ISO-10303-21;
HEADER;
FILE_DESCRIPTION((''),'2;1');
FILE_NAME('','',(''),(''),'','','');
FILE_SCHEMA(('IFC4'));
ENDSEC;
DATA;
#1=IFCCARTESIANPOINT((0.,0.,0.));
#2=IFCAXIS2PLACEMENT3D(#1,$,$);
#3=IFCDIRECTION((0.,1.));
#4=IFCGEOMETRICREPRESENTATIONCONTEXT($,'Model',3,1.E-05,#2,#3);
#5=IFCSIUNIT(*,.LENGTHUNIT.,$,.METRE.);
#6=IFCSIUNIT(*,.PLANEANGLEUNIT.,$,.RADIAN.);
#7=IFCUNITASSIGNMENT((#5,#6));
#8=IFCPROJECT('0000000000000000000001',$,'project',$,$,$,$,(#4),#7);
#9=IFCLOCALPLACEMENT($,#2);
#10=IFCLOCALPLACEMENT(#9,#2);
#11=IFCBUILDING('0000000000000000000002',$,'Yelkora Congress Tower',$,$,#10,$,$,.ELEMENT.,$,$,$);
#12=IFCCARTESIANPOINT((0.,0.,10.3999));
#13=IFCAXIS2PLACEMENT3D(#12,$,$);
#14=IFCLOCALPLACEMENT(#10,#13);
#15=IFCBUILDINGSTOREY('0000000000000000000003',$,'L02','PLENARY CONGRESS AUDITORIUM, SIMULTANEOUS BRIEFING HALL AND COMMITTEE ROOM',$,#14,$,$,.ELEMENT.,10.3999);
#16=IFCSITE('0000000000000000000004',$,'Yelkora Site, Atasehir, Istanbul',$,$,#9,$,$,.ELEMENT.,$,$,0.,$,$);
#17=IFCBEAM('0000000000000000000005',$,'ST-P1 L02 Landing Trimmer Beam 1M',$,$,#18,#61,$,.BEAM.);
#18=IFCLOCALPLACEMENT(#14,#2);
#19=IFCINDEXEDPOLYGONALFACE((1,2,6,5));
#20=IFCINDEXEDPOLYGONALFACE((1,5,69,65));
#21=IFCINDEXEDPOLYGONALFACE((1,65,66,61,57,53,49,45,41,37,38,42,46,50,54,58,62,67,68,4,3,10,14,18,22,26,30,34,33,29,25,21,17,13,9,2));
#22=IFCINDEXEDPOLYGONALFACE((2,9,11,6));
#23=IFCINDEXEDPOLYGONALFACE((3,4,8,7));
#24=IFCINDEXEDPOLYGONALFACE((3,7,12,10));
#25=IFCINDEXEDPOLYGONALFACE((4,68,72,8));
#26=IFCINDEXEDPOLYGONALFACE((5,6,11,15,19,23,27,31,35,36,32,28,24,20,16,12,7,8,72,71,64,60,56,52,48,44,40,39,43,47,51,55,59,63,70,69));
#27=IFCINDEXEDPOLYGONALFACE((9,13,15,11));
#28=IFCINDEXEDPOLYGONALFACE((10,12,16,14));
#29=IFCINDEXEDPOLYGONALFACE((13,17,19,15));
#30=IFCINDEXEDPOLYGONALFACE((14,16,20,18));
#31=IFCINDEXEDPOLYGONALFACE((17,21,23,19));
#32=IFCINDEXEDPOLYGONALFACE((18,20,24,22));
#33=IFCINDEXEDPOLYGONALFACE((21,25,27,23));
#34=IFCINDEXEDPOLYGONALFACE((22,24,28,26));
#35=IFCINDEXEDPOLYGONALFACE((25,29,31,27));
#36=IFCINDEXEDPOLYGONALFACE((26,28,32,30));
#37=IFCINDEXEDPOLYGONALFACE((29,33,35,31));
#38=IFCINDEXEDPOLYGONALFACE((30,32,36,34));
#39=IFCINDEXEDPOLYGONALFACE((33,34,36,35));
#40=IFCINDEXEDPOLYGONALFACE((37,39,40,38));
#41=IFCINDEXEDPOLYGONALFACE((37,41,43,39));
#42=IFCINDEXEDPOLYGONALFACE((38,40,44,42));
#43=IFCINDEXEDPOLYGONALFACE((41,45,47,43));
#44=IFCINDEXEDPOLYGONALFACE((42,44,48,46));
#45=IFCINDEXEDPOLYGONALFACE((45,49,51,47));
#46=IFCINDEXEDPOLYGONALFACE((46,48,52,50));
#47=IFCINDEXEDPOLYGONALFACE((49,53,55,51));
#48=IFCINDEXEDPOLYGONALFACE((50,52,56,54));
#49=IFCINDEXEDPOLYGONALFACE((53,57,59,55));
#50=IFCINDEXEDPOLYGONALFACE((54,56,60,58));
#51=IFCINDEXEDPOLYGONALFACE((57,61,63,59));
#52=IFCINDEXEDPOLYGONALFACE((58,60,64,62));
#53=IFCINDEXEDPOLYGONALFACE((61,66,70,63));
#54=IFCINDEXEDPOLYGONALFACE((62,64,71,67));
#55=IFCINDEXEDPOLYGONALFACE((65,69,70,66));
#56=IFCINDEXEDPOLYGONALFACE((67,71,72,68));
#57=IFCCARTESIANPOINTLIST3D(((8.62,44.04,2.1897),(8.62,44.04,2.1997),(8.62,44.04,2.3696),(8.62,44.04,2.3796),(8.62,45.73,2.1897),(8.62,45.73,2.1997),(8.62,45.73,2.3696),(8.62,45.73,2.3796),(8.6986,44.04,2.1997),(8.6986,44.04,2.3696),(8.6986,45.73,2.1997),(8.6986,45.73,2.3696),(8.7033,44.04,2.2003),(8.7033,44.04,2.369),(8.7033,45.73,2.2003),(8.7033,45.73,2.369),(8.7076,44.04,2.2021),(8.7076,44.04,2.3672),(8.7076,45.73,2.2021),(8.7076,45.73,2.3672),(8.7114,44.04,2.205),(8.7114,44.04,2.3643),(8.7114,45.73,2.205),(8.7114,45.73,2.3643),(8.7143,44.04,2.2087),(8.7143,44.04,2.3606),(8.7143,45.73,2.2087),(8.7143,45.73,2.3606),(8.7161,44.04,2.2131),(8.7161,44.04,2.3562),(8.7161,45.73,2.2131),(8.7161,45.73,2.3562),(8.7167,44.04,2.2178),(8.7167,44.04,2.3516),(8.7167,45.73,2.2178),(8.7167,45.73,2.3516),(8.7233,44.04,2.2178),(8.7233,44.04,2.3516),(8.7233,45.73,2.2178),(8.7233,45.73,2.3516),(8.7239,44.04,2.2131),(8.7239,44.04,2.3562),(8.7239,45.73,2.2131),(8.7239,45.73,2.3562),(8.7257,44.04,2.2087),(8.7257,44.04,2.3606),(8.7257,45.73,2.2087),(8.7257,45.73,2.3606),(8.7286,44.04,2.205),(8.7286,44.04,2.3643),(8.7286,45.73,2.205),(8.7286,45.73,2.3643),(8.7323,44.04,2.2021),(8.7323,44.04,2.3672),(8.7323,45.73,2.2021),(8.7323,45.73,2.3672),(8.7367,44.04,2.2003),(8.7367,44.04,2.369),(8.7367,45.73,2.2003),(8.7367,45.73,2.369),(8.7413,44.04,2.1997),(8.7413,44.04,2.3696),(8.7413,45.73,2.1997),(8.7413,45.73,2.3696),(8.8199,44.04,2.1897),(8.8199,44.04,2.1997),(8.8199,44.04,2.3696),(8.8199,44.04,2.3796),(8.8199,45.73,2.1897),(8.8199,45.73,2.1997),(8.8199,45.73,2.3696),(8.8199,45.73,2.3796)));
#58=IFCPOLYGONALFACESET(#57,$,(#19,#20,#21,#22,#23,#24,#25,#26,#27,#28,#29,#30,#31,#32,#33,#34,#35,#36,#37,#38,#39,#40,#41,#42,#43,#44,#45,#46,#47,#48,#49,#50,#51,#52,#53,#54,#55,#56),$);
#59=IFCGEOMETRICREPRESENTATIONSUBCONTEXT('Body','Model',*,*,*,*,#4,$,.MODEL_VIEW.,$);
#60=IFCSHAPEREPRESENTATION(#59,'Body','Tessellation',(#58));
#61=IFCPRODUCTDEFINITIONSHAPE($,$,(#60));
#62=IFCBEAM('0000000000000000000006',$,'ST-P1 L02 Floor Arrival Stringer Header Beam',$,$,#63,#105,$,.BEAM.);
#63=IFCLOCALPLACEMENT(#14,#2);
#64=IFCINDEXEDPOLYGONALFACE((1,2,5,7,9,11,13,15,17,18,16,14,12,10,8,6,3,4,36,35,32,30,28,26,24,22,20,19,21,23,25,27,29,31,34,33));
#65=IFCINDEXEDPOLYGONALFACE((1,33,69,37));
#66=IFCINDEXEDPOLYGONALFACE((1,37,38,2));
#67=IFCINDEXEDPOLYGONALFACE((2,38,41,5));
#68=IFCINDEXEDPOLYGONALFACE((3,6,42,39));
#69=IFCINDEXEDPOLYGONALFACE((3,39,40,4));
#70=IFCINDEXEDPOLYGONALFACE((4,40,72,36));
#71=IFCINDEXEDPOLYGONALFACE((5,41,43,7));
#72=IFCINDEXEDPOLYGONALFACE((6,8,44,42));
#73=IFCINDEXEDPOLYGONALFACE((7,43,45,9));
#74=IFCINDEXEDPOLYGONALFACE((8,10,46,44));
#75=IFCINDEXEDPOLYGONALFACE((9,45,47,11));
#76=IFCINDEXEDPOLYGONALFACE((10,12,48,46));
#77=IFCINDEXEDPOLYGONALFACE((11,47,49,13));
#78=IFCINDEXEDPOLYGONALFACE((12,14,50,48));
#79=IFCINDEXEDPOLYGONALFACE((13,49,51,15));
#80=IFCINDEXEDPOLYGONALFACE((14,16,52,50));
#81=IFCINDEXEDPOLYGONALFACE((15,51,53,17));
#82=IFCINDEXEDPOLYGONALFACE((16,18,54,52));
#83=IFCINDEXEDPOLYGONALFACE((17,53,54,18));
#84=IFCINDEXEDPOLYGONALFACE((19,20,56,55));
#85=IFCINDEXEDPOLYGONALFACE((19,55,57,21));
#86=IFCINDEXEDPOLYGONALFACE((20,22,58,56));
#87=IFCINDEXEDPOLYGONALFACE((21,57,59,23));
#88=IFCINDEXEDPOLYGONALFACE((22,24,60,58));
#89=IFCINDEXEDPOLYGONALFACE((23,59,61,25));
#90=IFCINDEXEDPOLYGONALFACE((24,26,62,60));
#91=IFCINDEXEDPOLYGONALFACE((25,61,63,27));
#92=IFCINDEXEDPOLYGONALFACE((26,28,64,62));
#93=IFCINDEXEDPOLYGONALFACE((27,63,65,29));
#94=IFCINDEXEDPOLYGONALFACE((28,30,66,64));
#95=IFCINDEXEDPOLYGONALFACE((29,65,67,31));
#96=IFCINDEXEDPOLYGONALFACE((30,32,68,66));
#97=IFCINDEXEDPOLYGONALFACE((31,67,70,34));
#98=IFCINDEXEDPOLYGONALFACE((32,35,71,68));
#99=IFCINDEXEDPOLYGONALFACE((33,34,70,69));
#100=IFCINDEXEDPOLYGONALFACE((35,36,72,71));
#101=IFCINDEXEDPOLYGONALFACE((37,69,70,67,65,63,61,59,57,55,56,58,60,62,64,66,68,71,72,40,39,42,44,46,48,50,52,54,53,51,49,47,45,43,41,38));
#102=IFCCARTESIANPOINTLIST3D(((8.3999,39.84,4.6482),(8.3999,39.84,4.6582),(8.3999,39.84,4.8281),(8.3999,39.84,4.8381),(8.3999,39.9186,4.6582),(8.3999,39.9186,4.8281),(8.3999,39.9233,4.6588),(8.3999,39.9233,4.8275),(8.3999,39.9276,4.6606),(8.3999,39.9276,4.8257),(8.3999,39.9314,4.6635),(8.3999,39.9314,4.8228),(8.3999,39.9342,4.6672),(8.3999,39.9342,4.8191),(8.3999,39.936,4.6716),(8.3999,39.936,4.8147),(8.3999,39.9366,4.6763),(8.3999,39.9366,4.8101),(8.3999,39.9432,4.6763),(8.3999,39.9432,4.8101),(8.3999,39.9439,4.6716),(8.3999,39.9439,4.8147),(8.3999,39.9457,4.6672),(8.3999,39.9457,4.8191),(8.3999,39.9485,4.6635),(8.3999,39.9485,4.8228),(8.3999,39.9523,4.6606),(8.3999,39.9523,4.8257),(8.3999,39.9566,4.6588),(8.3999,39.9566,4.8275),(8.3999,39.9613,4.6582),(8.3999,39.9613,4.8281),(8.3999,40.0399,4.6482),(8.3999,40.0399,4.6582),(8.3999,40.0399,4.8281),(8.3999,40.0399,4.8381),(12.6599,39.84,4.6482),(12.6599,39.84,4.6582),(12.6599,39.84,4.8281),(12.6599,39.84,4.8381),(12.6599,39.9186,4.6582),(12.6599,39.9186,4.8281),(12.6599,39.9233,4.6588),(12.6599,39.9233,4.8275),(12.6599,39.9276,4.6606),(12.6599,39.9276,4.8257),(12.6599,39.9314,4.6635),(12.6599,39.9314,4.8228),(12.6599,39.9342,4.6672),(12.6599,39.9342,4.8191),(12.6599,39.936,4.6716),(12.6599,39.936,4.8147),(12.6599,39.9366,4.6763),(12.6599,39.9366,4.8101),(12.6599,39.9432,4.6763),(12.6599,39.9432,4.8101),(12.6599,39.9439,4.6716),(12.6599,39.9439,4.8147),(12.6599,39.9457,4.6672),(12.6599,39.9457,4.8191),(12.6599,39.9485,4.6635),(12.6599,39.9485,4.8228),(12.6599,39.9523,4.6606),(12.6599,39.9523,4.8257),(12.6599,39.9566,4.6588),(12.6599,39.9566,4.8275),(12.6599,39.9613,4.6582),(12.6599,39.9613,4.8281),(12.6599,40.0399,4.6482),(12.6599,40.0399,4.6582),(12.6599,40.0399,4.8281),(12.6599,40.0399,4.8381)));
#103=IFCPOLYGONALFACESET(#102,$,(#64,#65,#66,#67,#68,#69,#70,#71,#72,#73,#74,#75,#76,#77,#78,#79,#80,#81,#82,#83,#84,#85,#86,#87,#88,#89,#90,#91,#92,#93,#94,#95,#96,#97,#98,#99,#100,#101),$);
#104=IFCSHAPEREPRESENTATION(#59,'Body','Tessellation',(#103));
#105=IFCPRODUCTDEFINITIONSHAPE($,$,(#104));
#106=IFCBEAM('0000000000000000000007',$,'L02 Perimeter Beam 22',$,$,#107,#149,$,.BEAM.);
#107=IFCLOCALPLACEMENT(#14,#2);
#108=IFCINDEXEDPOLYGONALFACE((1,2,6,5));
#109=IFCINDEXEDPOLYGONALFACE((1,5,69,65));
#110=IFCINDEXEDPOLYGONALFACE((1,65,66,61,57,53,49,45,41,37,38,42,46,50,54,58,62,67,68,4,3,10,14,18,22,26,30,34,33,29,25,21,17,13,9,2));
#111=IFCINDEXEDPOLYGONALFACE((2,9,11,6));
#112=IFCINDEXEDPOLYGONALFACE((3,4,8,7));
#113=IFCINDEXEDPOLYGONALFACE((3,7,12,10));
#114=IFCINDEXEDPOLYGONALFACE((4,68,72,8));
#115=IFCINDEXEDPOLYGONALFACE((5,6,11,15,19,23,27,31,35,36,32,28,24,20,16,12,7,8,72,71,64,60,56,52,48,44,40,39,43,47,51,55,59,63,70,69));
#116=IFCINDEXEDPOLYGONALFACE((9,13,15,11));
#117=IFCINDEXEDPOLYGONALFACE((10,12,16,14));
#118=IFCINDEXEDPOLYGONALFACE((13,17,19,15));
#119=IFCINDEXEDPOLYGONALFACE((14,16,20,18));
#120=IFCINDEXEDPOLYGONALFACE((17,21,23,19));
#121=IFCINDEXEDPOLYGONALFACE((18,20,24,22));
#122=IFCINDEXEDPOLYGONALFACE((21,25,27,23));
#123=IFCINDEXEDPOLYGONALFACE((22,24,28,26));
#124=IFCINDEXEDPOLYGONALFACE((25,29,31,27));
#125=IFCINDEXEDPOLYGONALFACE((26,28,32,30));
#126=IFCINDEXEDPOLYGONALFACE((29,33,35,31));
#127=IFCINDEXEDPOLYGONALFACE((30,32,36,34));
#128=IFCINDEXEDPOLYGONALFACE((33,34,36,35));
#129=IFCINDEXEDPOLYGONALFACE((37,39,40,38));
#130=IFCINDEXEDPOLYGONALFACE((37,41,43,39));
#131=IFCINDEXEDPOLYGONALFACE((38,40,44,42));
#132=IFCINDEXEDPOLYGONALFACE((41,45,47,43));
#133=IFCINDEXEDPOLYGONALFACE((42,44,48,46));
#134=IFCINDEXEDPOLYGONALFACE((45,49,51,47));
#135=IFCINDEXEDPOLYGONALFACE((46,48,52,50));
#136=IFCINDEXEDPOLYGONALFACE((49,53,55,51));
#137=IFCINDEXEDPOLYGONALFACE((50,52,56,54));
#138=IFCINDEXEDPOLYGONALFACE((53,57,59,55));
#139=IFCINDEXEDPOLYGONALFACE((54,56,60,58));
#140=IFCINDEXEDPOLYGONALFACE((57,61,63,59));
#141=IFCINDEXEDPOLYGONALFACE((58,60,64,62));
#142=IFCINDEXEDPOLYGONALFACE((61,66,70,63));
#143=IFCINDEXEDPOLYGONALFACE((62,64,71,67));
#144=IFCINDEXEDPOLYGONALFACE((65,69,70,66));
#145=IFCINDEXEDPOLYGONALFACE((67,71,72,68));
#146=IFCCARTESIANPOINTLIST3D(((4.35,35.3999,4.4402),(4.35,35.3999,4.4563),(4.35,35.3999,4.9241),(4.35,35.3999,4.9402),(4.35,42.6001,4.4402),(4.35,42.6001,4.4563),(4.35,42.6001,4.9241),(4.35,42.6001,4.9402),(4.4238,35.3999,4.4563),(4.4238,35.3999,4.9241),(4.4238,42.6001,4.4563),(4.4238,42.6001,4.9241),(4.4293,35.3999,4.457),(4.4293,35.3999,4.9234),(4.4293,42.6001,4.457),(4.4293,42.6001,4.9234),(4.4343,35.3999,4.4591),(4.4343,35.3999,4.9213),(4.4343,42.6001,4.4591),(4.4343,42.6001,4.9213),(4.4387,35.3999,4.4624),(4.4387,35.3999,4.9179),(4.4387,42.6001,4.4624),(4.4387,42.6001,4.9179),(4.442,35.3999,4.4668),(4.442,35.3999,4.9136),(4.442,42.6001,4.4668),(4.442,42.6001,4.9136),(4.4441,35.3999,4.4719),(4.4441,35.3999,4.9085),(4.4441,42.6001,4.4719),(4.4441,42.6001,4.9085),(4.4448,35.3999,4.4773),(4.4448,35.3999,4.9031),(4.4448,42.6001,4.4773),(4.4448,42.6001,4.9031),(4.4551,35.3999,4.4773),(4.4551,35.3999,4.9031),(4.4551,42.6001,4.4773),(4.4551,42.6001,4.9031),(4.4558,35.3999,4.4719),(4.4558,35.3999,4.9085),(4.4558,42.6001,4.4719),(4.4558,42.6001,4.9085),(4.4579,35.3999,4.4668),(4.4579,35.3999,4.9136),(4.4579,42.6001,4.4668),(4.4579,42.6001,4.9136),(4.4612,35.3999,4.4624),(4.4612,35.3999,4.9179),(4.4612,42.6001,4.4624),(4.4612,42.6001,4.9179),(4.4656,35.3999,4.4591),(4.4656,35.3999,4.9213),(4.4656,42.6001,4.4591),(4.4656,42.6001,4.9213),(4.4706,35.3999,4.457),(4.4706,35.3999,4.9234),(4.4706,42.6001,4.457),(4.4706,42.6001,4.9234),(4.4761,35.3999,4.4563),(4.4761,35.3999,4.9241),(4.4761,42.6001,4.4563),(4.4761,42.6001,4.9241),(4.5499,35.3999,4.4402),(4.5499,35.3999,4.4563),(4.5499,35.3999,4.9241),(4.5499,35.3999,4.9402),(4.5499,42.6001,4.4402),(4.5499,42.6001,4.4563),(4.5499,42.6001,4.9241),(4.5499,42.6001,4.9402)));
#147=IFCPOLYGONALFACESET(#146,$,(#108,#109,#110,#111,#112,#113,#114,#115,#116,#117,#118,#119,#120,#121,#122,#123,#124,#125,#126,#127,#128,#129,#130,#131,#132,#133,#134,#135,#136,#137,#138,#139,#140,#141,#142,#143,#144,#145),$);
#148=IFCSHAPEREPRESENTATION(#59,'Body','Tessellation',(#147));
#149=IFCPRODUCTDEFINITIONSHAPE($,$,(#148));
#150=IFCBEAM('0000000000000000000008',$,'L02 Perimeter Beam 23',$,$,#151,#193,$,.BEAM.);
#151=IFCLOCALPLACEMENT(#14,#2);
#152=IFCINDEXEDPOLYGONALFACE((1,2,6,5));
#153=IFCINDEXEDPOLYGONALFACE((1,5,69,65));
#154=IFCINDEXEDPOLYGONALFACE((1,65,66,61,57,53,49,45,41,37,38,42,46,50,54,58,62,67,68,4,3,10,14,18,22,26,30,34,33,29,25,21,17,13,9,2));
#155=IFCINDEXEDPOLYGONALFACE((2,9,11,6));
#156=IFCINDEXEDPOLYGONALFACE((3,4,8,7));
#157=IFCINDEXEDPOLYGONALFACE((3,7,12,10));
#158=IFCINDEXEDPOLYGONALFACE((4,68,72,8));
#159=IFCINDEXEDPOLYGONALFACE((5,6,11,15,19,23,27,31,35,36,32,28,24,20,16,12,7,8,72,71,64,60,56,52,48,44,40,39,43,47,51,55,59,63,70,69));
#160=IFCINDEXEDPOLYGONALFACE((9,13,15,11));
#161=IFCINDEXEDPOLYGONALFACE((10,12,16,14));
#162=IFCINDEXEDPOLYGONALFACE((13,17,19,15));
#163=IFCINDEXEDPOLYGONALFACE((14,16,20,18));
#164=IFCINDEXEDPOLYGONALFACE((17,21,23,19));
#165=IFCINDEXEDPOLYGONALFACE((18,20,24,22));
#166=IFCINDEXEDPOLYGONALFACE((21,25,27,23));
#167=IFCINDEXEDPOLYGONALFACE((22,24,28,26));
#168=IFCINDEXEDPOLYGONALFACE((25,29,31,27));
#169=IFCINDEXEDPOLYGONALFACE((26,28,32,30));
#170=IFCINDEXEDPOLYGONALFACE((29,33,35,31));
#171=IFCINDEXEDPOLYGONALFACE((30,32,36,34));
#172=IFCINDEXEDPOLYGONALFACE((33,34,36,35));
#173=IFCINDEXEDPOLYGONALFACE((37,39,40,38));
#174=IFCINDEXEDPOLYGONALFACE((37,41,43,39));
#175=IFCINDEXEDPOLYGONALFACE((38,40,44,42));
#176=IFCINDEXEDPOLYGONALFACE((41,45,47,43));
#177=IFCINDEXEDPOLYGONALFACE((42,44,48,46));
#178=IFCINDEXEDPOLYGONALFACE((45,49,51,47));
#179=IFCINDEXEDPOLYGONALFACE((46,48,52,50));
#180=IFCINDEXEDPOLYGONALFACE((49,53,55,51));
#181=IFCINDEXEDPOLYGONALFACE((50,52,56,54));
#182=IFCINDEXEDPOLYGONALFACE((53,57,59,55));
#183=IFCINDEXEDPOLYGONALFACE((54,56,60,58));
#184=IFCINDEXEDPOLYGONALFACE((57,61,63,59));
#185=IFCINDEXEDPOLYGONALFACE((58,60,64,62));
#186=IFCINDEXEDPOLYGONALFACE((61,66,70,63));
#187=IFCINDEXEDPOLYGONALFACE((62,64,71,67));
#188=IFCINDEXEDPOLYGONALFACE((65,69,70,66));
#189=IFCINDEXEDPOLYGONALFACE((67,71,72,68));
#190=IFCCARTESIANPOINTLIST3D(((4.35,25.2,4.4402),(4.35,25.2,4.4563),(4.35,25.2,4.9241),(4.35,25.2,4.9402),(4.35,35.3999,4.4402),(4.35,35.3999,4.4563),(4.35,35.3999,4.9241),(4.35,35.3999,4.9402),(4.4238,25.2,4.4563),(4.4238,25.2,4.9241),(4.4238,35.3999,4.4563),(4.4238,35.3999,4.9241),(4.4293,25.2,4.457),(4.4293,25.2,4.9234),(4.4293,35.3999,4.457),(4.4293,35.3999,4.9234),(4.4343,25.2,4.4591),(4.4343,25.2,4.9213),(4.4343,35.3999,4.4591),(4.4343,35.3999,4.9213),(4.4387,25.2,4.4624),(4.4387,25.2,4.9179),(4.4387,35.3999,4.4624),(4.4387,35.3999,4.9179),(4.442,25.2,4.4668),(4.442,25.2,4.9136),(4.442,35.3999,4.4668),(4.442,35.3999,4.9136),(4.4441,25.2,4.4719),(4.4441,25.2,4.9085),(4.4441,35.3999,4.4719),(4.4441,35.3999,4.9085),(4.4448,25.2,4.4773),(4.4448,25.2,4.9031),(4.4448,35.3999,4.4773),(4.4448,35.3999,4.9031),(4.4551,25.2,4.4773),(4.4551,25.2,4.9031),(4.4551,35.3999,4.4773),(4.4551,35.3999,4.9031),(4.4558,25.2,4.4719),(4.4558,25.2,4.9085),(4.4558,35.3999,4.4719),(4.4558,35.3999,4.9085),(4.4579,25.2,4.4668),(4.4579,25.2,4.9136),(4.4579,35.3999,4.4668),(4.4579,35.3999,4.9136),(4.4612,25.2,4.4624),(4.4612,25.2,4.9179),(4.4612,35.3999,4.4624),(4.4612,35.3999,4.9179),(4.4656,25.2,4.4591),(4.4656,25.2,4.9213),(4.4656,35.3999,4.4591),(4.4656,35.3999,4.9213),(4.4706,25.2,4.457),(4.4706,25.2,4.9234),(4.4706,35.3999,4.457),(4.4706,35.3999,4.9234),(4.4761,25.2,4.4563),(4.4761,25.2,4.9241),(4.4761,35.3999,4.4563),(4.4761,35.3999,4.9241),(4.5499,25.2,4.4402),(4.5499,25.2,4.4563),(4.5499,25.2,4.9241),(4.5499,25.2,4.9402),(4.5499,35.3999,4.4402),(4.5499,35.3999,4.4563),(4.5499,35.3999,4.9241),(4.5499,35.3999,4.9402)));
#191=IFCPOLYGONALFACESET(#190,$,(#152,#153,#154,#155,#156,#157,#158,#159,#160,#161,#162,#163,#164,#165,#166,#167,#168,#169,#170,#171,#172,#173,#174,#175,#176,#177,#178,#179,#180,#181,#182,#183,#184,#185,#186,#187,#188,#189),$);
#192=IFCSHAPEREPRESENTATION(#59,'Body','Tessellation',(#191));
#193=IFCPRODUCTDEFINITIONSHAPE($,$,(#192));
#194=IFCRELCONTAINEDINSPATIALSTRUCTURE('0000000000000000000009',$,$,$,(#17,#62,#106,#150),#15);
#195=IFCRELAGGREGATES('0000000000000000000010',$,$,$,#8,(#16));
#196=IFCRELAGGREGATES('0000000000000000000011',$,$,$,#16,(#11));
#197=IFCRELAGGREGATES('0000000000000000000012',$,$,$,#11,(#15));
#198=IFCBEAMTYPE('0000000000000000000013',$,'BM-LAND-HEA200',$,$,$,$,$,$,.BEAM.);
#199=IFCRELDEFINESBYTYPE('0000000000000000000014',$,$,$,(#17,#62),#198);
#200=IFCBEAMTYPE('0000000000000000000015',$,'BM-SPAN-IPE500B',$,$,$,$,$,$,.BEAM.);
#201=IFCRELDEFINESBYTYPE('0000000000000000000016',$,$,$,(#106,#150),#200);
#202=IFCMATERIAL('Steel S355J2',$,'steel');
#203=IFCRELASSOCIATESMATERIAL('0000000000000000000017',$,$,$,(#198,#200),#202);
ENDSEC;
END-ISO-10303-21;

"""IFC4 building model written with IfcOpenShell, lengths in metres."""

from ifc_helpers import new_model, si_unit, direction, frame, origin, origin_2d, place, context, subcontext, project, spatial, i_section, extrude, material, material_profile, profile_set, type_object, element, save


model = new_model("IFC4")

# Units and contexts
model_context = context("Model", 3, precision=1e-05, world=origin(), true_north=direction((0.0, 1.0)))
body_context = subcontext(model_context, "Body", "Model", "MODEL_VIEW")
ifc_project = project(units=[si_unit("LENGTHUNIT", "METRE"), si_unit("PLANEANGLEUNIT", "RADIAN")], contexts=[model_context])

# Site, building, storey
site_placement = place(None, origin())
site = spatial("IfcSite", under=ifc_project, at=site_placement, Name="Yelkora Site, Atasehir, Istanbul", CompositionType="ELEMENT", RefElevation=0.0)
building_placement = place(site_placement, origin())
building = spatial("IfcBuilding", under=site, at=building_placement, Name="Yelkora Congress Tower", CompositionType="ELEMENT")
storey_placement = place(building_placement, frame((0.0, 0.0, 10.3999)))
storey = spatial("IfcBuildingStorey", under=building, at=storey_placement, Name="L02", Description="PLENARY CONGRESS AUDITORIUM, SIMULTANEOUS BRIEFING HALL AND COMMITTEE ROOM", CompositionType="ELEMENT", Elevation=10.3999)

# Beams
ifc_material_1 = material(Name="Steel S355J2", Category="steel")
ifc_material_profile_1 = material_profile(ifc_material_1, i_section(OverallWidth=0.2, OverallDepth=0.1899, WebThickness=0.0066, FlangeThickness=0.01, FilletRadius=0.0181, at=origin_2d()), Name="HEA 200")
ifc_profile_set_1 = profile_set([ifc_material_profile_1], Name="Steel S355J2")
beam_type_1 = type_object("IfcBeamType", Name="BM-LAND-HEA200", PredefinedType="BEAM", material=ifc_profile_set_1)
beam_1_placement = place(storey_placement, frame((8.72, 44.04, 2.2847), z_axis=(0.0, 1.0, 0.0), x_axis=(-1.0, 0.0, 0.0)))
element("IfcBeam", 1, at=beam_1_placement, inside=storey, type_object=beam_type_1, Name="ST-P1 L02 Landing Trimmer Beam 1M", PredefinedType="BEAM", context=body_context, shape_type="SweptSolid", body=[
    extrude(i_section(OverallWidth=0.2, OverallDepth=0.1899, WebThickness=0.0066, FlangeThickness=0.01, FilletRadius=0.0181, at=origin_2d()), origin(), (0.0, 0.0, 1.0), 1.6899),
])
beam_2_placement = place(storey_placement, frame((8.3999, 39.9399, 4.7432), z_axis=(1.0, 0.0, 0.0), x_axis=(0.0, 1.0, 0.0)))
element("IfcBeam", 2, at=beam_2_placement, inside=storey, type_object=beam_type_1, Name="ST-P1 L02 Floor Arrival Stringer Header Beam", PredefinedType="BEAM", context=body_context, shape_type="SweptSolid", body=[
    extrude(i_section(OverallWidth=0.2, OverallDepth=0.1899, WebThickness=0.0066, FlangeThickness=0.01, FilletRadius=0.0181, at=origin_2d()), origin(), (0.0, 0.0, 1.0), 4.26),
])
ifc_material_profile_2 = material_profile(ifc_material_1, i_section(OverallWidth=0.2, OverallDepth=0.5, WebThickness=0.0103, FlangeThickness=0.0161, FilletRadius=0.021, at=origin_2d()), Name="IPE 500")
ifc_profile_set_2 = profile_set([ifc_material_profile_2], Name="Steel S355J2")
beam_type_2 = type_object("IfcBeamType", Name="BM-SPAN-IPE500B", PredefinedType="BEAM", material=ifc_profile_set_2)
beam_3_placement = place(storey_placement, frame((4.45, 42.6001, 4.6902), z_axis=(0.0, -1.0, 0.0), x_axis=(1.0, 0.0, 0.0)))
element("IfcBeam", 3, at=beam_3_placement, inside=storey, type_object=beam_type_2, Name="L02 Perimeter Beam 22", PredefinedType="BEAM", context=body_context, shape_type="SweptSolid", body=[
    extrude(i_section(OverallWidth=0.2, OverallDepth=0.5, WebThickness=0.0103, FlangeThickness=0.0161, FilletRadius=0.021, at=origin_2d()), origin(), (0.0, 0.0, 1.0), 7.2002),
])
beam_4_placement = place(storey_placement, frame((4.45, 35.3999, 4.6902), z_axis=(0.0, -1.0, 0.0), x_axis=(1.0, 0.0, 0.0)))
element("IfcBeam", 4, at=beam_4_placement, inside=storey, type_object=beam_type_2, Name="L02 Perimeter Beam 23", PredefinedType="BEAM", context=body_context, shape_type="SweptSolid", body=[
    extrude(i_section(OverallWidth=0.2, OverallDepth=0.5, WebThickness=0.0103, FlangeThickness=0.0161, FilletRadius=0.021, at=origin_2d()), origin(), (0.0, 0.0, 1.0), 10.2),
])

save(model, "model.ifc")
